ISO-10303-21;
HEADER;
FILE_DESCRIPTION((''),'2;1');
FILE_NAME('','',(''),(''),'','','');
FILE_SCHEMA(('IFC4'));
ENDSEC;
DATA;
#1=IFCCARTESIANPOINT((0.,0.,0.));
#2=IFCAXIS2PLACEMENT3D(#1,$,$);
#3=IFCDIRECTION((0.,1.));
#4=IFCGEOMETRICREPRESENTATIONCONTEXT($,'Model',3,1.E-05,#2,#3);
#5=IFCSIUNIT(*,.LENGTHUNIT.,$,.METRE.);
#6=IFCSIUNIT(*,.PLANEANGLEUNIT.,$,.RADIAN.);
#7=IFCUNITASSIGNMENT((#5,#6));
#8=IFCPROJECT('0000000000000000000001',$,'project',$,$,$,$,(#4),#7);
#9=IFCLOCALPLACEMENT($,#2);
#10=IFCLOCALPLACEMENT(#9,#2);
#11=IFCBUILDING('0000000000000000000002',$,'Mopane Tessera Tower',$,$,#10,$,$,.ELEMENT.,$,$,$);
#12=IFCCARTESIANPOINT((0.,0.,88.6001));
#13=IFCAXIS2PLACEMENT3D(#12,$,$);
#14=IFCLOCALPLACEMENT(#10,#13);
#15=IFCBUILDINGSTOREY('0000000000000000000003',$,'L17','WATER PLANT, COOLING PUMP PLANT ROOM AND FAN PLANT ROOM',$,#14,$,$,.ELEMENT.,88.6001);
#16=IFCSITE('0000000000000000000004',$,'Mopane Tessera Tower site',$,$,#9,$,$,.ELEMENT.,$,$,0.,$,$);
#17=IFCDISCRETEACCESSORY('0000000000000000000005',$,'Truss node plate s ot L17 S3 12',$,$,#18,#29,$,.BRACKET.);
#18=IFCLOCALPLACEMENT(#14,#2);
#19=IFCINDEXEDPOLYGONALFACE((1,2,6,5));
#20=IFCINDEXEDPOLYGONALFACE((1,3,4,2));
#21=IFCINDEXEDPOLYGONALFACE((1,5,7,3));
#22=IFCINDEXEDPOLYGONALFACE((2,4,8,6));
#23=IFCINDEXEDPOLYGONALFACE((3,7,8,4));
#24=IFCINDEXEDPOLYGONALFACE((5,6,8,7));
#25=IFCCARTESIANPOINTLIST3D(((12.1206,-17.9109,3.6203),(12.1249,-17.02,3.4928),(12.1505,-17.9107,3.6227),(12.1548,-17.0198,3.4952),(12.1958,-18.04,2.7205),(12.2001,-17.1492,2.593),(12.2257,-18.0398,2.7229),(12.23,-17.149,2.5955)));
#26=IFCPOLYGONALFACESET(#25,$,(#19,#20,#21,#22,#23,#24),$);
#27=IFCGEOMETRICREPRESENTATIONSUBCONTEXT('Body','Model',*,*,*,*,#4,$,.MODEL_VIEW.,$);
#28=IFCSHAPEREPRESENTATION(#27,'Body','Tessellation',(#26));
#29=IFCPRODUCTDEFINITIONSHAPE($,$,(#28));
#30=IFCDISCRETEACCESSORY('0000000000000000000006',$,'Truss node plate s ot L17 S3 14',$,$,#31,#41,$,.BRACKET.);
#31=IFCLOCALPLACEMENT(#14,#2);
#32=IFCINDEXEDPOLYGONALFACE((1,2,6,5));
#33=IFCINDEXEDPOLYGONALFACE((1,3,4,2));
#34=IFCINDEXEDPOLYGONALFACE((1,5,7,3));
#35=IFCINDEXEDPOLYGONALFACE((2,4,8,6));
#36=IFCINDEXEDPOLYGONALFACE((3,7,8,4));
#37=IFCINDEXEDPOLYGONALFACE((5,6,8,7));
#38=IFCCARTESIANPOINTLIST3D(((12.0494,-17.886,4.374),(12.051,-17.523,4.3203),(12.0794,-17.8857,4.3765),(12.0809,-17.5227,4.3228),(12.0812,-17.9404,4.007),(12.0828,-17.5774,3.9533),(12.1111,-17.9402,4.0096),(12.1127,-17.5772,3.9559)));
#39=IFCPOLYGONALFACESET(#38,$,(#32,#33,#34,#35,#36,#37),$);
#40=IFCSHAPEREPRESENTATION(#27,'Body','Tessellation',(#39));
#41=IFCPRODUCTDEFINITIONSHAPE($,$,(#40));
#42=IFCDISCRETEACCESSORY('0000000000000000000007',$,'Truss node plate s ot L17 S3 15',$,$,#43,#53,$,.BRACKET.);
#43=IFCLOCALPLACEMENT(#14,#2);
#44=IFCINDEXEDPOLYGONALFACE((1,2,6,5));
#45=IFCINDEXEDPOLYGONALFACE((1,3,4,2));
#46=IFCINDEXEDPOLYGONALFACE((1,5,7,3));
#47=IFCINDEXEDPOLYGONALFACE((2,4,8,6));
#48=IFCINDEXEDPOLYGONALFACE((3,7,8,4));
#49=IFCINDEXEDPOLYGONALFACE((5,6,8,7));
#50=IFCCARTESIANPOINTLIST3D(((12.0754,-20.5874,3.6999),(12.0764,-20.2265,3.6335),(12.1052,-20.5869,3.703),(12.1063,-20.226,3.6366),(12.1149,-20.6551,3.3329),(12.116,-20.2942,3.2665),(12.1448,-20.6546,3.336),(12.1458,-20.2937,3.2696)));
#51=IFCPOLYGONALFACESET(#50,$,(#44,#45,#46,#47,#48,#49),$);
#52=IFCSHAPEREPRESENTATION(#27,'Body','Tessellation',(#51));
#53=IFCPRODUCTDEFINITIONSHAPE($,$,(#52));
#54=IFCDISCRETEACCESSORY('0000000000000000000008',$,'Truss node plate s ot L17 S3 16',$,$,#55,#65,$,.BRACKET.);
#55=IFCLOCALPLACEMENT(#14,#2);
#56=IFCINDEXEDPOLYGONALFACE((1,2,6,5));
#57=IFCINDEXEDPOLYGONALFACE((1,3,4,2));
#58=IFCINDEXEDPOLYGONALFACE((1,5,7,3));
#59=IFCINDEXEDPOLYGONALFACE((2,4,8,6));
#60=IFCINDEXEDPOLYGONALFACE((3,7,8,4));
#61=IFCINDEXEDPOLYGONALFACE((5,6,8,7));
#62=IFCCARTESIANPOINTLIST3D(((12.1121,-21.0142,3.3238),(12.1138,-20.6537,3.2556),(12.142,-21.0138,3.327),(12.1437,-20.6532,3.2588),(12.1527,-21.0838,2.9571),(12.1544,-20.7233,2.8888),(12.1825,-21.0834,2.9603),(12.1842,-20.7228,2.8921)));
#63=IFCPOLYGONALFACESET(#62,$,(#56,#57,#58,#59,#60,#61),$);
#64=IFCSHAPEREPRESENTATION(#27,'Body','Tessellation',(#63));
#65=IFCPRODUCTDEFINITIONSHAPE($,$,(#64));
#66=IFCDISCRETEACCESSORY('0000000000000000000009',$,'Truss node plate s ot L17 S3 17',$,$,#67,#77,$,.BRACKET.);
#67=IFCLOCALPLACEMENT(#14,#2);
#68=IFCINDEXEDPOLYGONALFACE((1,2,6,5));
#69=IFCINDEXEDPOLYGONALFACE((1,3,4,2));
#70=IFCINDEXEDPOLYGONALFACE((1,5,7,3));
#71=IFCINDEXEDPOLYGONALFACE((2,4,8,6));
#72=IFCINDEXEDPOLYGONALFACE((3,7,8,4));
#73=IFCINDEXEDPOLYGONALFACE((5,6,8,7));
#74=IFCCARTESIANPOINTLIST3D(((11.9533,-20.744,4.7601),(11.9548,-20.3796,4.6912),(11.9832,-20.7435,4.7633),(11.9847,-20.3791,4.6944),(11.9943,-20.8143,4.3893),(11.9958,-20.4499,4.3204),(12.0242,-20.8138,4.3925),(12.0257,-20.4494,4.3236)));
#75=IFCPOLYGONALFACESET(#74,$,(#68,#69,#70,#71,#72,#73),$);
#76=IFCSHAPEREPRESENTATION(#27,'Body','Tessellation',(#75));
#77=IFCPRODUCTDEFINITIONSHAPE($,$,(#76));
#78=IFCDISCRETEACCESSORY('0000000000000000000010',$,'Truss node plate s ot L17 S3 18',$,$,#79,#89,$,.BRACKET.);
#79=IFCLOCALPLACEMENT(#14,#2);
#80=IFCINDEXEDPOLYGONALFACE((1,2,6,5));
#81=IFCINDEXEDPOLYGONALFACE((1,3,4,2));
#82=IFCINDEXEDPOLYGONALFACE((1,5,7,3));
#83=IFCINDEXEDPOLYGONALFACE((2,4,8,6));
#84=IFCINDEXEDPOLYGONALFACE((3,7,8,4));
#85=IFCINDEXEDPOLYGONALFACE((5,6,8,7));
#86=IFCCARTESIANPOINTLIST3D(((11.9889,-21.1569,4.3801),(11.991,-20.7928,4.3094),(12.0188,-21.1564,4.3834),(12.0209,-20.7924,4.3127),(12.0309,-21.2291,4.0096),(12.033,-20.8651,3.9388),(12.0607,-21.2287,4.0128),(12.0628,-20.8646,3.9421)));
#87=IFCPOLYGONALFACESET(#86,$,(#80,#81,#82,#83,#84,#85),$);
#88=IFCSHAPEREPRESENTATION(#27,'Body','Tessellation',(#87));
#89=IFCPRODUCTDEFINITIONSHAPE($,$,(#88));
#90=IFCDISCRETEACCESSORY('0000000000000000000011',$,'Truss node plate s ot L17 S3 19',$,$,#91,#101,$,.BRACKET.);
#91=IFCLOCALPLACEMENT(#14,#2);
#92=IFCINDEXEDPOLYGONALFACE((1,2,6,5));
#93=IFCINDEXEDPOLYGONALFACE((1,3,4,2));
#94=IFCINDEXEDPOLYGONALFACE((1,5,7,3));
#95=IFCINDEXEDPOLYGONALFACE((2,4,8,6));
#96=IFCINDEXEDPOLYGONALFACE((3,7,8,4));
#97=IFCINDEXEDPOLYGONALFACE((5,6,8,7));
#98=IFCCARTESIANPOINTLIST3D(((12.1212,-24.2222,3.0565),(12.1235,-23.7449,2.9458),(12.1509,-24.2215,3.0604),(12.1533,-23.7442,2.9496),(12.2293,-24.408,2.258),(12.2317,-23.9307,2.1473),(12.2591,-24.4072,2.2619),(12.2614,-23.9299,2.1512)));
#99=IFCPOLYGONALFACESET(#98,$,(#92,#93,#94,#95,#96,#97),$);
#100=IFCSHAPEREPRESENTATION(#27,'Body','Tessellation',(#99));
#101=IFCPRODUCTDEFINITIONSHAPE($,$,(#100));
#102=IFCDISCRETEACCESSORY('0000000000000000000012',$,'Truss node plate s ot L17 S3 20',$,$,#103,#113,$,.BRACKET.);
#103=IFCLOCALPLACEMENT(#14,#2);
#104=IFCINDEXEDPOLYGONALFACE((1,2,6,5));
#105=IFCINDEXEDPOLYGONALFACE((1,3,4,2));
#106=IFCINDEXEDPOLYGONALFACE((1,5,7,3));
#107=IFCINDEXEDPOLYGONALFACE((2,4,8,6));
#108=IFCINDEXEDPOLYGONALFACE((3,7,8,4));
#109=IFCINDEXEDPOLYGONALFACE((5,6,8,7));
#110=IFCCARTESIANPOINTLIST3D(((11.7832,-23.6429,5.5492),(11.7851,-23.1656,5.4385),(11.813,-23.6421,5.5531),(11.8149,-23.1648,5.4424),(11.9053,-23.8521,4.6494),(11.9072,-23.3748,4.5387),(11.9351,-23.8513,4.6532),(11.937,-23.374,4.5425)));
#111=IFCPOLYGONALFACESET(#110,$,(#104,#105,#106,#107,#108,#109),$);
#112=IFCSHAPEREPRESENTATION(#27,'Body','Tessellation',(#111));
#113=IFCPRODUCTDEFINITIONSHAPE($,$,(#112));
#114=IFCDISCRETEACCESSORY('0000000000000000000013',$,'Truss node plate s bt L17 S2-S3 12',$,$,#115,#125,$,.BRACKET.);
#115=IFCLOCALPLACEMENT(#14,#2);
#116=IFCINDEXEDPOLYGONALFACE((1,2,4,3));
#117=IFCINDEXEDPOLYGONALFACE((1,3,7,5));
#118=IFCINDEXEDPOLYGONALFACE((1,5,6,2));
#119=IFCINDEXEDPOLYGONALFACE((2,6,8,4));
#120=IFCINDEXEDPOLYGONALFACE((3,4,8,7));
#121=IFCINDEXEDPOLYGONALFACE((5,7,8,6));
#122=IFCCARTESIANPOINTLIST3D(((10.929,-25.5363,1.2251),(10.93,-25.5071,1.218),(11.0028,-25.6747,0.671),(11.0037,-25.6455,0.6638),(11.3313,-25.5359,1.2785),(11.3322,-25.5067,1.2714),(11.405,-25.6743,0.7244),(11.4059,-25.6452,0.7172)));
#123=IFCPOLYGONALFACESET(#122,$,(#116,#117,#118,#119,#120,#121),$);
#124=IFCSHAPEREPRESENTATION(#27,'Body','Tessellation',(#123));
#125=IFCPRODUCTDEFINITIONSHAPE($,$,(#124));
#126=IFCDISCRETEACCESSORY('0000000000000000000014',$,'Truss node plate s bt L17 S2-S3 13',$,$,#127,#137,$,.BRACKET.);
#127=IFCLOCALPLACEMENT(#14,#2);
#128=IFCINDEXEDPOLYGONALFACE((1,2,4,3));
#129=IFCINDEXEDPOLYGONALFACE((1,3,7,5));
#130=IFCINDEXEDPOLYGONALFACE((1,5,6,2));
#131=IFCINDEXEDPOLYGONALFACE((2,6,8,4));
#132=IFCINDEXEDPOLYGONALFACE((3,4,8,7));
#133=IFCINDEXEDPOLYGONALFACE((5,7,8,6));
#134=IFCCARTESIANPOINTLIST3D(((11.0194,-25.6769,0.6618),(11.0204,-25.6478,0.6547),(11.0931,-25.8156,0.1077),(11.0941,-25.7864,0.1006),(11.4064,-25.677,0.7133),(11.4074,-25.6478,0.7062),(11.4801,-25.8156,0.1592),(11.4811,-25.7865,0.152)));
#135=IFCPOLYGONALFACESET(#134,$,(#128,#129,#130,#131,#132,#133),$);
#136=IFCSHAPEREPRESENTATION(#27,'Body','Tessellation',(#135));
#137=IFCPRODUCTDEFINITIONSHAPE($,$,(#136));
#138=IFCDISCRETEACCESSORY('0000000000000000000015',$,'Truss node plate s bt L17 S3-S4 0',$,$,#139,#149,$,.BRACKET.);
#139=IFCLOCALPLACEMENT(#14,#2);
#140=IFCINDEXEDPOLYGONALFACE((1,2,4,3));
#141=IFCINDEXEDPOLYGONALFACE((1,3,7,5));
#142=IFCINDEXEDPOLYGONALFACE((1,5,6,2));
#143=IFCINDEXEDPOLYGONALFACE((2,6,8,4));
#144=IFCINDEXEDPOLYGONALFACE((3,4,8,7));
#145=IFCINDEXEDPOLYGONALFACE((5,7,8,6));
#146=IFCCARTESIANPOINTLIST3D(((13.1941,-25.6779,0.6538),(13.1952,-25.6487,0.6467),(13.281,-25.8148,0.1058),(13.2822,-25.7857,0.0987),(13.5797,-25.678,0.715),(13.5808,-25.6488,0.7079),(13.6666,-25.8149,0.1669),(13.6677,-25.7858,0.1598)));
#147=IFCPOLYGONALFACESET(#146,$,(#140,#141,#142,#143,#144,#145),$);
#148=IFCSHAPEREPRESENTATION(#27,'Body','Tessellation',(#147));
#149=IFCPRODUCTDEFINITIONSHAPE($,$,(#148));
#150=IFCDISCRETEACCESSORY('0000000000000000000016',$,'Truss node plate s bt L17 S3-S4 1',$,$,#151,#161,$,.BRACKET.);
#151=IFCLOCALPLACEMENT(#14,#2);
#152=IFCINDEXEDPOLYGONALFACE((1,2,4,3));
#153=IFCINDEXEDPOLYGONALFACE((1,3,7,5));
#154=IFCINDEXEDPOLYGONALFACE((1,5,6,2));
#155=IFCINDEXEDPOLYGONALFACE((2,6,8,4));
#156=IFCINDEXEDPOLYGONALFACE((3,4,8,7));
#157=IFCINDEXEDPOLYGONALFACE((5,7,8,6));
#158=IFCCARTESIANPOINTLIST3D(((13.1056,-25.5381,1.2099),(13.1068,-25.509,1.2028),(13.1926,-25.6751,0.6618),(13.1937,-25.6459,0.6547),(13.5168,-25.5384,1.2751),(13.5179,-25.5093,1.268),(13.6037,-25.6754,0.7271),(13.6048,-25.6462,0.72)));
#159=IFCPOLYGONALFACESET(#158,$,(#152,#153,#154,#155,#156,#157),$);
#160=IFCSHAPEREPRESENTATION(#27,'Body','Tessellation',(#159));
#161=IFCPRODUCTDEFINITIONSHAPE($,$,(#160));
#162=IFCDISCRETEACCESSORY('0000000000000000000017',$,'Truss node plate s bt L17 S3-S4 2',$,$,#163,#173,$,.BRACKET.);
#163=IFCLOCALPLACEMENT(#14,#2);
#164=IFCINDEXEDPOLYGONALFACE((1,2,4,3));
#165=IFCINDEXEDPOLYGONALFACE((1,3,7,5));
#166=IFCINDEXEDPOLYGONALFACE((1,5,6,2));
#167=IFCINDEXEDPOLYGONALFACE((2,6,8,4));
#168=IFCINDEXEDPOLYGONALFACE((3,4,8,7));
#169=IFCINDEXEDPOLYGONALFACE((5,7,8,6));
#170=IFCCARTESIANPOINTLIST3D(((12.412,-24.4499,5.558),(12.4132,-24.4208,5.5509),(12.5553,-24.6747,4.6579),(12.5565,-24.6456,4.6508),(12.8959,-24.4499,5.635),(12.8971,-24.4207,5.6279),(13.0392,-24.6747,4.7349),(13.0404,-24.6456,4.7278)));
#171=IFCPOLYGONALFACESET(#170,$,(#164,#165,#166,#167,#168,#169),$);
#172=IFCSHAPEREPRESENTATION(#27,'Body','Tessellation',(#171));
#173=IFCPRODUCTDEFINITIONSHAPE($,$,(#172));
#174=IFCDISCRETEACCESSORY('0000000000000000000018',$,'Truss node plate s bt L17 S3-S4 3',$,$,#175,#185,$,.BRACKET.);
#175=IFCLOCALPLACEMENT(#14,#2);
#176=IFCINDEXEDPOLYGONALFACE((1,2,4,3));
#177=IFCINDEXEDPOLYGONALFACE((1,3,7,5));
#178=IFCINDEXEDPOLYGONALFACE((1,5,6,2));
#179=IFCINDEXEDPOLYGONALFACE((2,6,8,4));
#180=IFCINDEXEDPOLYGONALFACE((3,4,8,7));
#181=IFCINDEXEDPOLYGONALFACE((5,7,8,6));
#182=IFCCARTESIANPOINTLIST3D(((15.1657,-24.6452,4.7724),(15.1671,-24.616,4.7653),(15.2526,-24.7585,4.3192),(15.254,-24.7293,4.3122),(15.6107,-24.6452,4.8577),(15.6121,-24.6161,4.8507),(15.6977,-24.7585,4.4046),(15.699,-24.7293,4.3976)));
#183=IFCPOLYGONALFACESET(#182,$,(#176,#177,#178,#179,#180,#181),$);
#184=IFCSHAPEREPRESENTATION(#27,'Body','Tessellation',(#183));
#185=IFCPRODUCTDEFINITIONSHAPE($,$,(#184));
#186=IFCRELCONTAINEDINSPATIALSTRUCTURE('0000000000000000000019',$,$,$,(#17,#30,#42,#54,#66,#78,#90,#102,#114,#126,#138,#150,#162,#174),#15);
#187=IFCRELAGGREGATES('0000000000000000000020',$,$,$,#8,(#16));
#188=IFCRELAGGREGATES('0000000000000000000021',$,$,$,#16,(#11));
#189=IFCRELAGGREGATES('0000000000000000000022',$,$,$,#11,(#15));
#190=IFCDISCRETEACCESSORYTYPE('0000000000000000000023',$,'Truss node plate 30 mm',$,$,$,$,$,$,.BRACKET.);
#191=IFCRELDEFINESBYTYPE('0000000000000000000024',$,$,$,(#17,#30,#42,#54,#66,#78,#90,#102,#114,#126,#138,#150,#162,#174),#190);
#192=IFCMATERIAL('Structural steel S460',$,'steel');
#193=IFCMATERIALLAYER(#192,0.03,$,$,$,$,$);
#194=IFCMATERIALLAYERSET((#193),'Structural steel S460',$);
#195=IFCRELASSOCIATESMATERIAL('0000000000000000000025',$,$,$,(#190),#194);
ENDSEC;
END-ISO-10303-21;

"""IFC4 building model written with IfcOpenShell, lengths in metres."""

from ifc_helpers import new_model, si_unit, direction, frame, origin, origin_2d, place, context, subcontext, project, spatial, rectangle, extrude, material, layer, layer_set, type_object, element, save


model = new_model("IFC4")

# Units and contexts
model_context = context("Model", 3, precision=1e-05, world=origin(), true_north=direction((0.0, 1.0)))
body_context = subcontext(model_context, "Body", "Model", "MODEL_VIEW")
ifc_project = project(units=[si_unit("LENGTHUNIT", "METRE"), si_unit("PLANEANGLEUNIT", "RADIAN")], contexts=[model_context])

# Site, building, storey
site_placement = place(None, origin())
site = spatial("IfcSite", under=ifc_project, at=site_placement, Name="Mopane Tessera Tower site", CompositionType="ELEMENT", RefElevation=0.0)
building_placement = place(site_placement, origin())
building = spatial("IfcBuilding", under=site, at=building_placement, Name="Mopane Tessera Tower", CompositionType="ELEMENT")
storey_placement = place(building_placement, frame((0.0, 0.0, 88.6001)))
storey = spatial("IfcBuildingStorey", under=building, at=storey_placement, Name="L17", Description="WATER PLANT, COOLING PUMP PLANT ROOM AND FAN PLANT ROOM", CompositionType="ELEMENT", Elevation=88.6001)

# Discrete accessories
ifc_material_1 = material(Name="Structural steel S460", Category="steel")
ifc_layer_1 = layer(ifc_material_1, 0.03)
ifc_layer_set_1 = layer_set([ifc_layer_1], Name="Structural steel S460")
discrete_accessory_type_1 = type_object("IfcDiscreteAccessoryType", Name="Truss node plate 30 mm", PredefinedType="BRACKET", material=ifc_layer_set_1)
discrete_accessory_1_placement = place(storey_placement, frame((12.2129, -17.5945, 2.658), z_axis=(-0.08243, 0.141577, 0.986489), x_axis=(0.996585, 0.006905, 0.082283)))
element("IfcDiscreteAccessory", 1, at=discrete_accessory_1_placement, inside=storey, type_object=discrete_accessory_type_1, Name="Truss node plate s ot L17 S3 12", PredefinedType="BRACKET", context=body_context, shape_type="SweptSolid", body=[
    extrude(rectangle(XDim=0.03, YDim=0.8999, at=origin_2d()), origin(), (0.0, 0.0, 1.0), 0.9121),
])
discrete_accessory_2_placement = place(storey_placement, frame((12.0969, -17.7588, 3.9814), z_axis=(-0.085246, 0.146229, 0.985571), x_axis=(0.996351, 0.008252, 0.084954)))
element("IfcDiscreteAccessory", 2, at=discrete_accessory_2_placement, inside=storey, type_object=discrete_accessory_type_1, Name="Truss node plate s ot L17 S3 14", PredefinedType="BRACKET", context=body_context, shape_type="SweptSolid", body=[
    extrude(rectangle(XDim=0.03, YDim=0.3669, at=origin_2d()), origin(), (0.0, 0.0, 1.0), 0.3723),
])
discrete_accessory_3_placement = place(storey_placement, frame((12.1304, -20.4744, 3.3013), z_axis=(-0.105409, 0.180236, 0.977959), x_axis=(0.994425, 0.016277, 0.104184)))
element("IfcDiscreteAccessory", 3, at=discrete_accessory_3_placement, inside=storey, type_object=discrete_accessory_type_1, Name="Truss node plate s ot L17 S3 15", PredefinedType="BRACKET", context=body_context, shape_type="SweptSolid", body=[
    extrude(rectangle(XDim=0.03, YDim=0.3669, at=origin_2d()), origin(), (0.0, 0.0, 1.0), 0.3752),
])
discrete_accessory_4_placement = place(storey_placement, frame((12.1685, -20.9033, 2.9246), z_axis=(-0.107947, 0.185331, 0.976729), x_axis=(0.994146, 0.015546, 0.106922)))
element("IfcDiscreteAccessory", 4, at=discrete_accessory_4_placement, inside=storey, type_object=discrete_accessory_type_1, Name="Truss node plate s ot L17 S3 16", PredefinedType="BRACKET", context=body_context, shape_type="SweptSolid", body=[
    extrude(rectangle(XDim=0.03, YDim=0.3669, at=origin_2d()), origin(), (0.0, 0.0, 1.0), 0.3755),
])
discrete_accessory_5_placement = place(storey_placement, frame((12.01, -20.6318, 4.3564), z_axis=(-0.108027, 0.18519, 0.976747), x_axis=(0.99414, 0.01619, 0.106881)))
element("IfcDiscreteAccessory", 5, at=discrete_accessory_5_placement, inside=storey, type_object=discrete_accessory_type_1, Name="Truss node plate s ot L17 S3 17", PredefinedType="BRACKET", context=body_context, shape_type="SweptSolid", body=[
    extrude(rectangle(XDim=0.03, YDim=0.3708, at=origin_2d()), origin(), (0.0, 0.0, 1.0), 0.3796),
])
discrete_accessory_6_placement = place(storey_placement, frame((12.0469, -21.0469, 3.9758), z_axis=(-0.110531, 0.190216, 0.9755), x_axis=(0.993857, 0.015555, 0.109578)))
element("IfcDiscreteAccessory", 6, at=discrete_accessory_6_placement, inside=storey, type_object=discrete_accessory_type_1, Name="Truss node plate s ot L17 S3 18", PredefinedType="BRACKET", context=body_context, shape_type="SweptSolid", body=[
    extrude(rectangle(XDim=0.03, YDim=0.3708, at=origin_2d()), origin(), (0.0, 0.0, 1.0), 0.3799),
])
discrete_accessory_7_placement = place(storey_placement, frame((12.2454, -24.1689, 2.2046), z_axis=(-0.130777, 0.224653, 0.965623), x_axis=(0.9914, 0.024888, 0.128478)))
element("IfcDiscreteAccessory", 7, at=discrete_accessory_7_placement, inside=storey, type_object=discrete_accessory_type_1, Name="Truss node plate s ot L17 S3 19", PredefinedType="BRACKET", context=body_context, shape_type="SweptSolid", body=[
    extrude(rectangle(XDim=0.03, YDim=0.49, at=origin_2d()), origin(), (0.0, 0.0, 1.0), 0.8269),
])
discrete_accessory_8_placement = place(storey_placement, frame((11.9211, -23.613, 4.5959), z_axis=(-0.130986, 0.22451, 0.965628), x_axis=(0.991377, 0.02585, 0.128469)))
element("IfcDiscreteAccessory", 8, at=discrete_accessory_8_placement, inside=storey, type_object=discrete_accessory_type_1, Name="Truss node plate s ot L17 S3 20", PredefinedType="BRACKET", context=body_context, shape_type="SweptSolid", body=[
    extrude(rectangle(XDim=0.03, YDim=0.49, at=origin_2d()), origin(), (0.0, 0.0, 1.0), 0.9319),
])
discrete_accessory_9_placement = place(storey_placement, frame((11.2043, -25.6599, 0.6941), z_axis=(-0.128012, 0.240341, 0.962211), x_axis=(0.030761, 0.970688, -0.238366)))
element("IfcDiscreteAccessory", 9, at=discrete_accessory_9_placement, inside=storey, type_object=discrete_accessory_type_1, Name="Truss node plate s bt L17 S2-S3 12", PredefinedType="BRACKET", context=body_context, shape_type="SweptSolid", body=[
    extrude(rectangle(XDim=0.03, YDim=0.4058, at=origin_2d()), origin(), (0.0, 0.0, 1.0), 0.5759),
])
discrete_accessory_10_placement = place(storey_placement, frame((11.2871, -25.801, 0.1299), z_axis=(-0.127999, 0.24074, 0.962112), x_axis=(0.031805, 0.97059, -0.23863)))
element("IfcDiscreteAccessory", 10, at=discrete_accessory_10_placement, inside=storey, type_object=discrete_accessory_type_1, Name="Truss node plate s bt L17 S2-S3 13", PredefinedType="BRACKET", context=body_context, shape_type="SweptSolid", body=[
    extrude(rectangle(XDim=0.03, YDim=0.3904, at=origin_2d()), origin(), (0.0, 0.0, 1.0), 0.5759),
])
discrete_accessory_11_placement = place(storey_placement, frame((13.4744, -25.8003, 0.1328), z_axis=(-0.152055, 0.239615, 0.958887), x_axis=(0.037756, 0.970868, -0.236622)))
element("IfcDiscreteAccessory", 11, at=discrete_accessory_11_placement, inside=storey, type_object=discrete_accessory_type_1, Name="Truss node plate s bt L17 S3-S4 0", PredefinedType="BRACKET", context=body_context, shape_type="SweptSolid", body=[
    extrude(rectangle(XDim=0.03, YDim=0.3904, at=origin_2d()), origin(), (0.0, 0.0, 1.0), 0.5715),
])
discrete_accessory_12_placement = place(storey_placement, frame((13.3987, -25.6606, 0.6909), z_axis=(-0.152055, 0.239615, 0.958887), x_axis=(0.038206, 0.970868, -0.23655)))
element("IfcDiscreteAccessory", 12, at=discrete_accessory_12_placement, inside=storey, type_object=discrete_accessory_type_1, Name="Truss node plate s bt L17 S3-S4 1", PredefinedType="BRACKET", context=body_context, shape_type="SweptSolid", body=[
    extrude(rectangle(XDim=0.03, YDim=0.4163, at=origin_2d()), origin(), (0.0, 0.0, 1.0), 0.5715),
])
discrete_accessory_13_placement = place(storey_placement, frame((12.7979, -24.6602, 4.6929), z_axis=(-0.152652, 0.23951, 0.958818), x_axis=(0.037596, 0.970894, -0.23654)))
element("IfcDiscreteAccessory", 13, at=discrete_accessory_13_placement, inside=storey, type_object=discrete_accessory_type_1, Name="Truss node plate s bt L17 S3-S4 2", PredefinedType="BRACKET", context=body_context, shape_type="SweptSolid", body=[
    extrude(rectangle(XDim=0.03, YDim=0.49, at=origin_2d()), origin(), (0.0, 0.0, 1.0), 0.9387),
])
discrete_accessory_14_placement = place(storey_placement, frame((15.4758, -24.7439, 4.3584), z_axis=(-0.182943, 0.238442, 0.95377), x_axis=(0.045, 0.971157, -0.234158)))
element("IfcDiscreteAccessory", 14, at=discrete_accessory_14_placement, inside=storey, type_object=discrete_accessory_type_1, Name="Truss node plate s bt L17 S3-S4 3", PredefinedType="BRACKET", context=body_context, shape_type="SweptSolid", body=[
    extrude(rectangle(XDim=0.03, YDim=0.4531, at=origin_2d()), origin(), (0.0, 0.0, 1.0), 0.4751),
])

save(model, "model.ifc")
